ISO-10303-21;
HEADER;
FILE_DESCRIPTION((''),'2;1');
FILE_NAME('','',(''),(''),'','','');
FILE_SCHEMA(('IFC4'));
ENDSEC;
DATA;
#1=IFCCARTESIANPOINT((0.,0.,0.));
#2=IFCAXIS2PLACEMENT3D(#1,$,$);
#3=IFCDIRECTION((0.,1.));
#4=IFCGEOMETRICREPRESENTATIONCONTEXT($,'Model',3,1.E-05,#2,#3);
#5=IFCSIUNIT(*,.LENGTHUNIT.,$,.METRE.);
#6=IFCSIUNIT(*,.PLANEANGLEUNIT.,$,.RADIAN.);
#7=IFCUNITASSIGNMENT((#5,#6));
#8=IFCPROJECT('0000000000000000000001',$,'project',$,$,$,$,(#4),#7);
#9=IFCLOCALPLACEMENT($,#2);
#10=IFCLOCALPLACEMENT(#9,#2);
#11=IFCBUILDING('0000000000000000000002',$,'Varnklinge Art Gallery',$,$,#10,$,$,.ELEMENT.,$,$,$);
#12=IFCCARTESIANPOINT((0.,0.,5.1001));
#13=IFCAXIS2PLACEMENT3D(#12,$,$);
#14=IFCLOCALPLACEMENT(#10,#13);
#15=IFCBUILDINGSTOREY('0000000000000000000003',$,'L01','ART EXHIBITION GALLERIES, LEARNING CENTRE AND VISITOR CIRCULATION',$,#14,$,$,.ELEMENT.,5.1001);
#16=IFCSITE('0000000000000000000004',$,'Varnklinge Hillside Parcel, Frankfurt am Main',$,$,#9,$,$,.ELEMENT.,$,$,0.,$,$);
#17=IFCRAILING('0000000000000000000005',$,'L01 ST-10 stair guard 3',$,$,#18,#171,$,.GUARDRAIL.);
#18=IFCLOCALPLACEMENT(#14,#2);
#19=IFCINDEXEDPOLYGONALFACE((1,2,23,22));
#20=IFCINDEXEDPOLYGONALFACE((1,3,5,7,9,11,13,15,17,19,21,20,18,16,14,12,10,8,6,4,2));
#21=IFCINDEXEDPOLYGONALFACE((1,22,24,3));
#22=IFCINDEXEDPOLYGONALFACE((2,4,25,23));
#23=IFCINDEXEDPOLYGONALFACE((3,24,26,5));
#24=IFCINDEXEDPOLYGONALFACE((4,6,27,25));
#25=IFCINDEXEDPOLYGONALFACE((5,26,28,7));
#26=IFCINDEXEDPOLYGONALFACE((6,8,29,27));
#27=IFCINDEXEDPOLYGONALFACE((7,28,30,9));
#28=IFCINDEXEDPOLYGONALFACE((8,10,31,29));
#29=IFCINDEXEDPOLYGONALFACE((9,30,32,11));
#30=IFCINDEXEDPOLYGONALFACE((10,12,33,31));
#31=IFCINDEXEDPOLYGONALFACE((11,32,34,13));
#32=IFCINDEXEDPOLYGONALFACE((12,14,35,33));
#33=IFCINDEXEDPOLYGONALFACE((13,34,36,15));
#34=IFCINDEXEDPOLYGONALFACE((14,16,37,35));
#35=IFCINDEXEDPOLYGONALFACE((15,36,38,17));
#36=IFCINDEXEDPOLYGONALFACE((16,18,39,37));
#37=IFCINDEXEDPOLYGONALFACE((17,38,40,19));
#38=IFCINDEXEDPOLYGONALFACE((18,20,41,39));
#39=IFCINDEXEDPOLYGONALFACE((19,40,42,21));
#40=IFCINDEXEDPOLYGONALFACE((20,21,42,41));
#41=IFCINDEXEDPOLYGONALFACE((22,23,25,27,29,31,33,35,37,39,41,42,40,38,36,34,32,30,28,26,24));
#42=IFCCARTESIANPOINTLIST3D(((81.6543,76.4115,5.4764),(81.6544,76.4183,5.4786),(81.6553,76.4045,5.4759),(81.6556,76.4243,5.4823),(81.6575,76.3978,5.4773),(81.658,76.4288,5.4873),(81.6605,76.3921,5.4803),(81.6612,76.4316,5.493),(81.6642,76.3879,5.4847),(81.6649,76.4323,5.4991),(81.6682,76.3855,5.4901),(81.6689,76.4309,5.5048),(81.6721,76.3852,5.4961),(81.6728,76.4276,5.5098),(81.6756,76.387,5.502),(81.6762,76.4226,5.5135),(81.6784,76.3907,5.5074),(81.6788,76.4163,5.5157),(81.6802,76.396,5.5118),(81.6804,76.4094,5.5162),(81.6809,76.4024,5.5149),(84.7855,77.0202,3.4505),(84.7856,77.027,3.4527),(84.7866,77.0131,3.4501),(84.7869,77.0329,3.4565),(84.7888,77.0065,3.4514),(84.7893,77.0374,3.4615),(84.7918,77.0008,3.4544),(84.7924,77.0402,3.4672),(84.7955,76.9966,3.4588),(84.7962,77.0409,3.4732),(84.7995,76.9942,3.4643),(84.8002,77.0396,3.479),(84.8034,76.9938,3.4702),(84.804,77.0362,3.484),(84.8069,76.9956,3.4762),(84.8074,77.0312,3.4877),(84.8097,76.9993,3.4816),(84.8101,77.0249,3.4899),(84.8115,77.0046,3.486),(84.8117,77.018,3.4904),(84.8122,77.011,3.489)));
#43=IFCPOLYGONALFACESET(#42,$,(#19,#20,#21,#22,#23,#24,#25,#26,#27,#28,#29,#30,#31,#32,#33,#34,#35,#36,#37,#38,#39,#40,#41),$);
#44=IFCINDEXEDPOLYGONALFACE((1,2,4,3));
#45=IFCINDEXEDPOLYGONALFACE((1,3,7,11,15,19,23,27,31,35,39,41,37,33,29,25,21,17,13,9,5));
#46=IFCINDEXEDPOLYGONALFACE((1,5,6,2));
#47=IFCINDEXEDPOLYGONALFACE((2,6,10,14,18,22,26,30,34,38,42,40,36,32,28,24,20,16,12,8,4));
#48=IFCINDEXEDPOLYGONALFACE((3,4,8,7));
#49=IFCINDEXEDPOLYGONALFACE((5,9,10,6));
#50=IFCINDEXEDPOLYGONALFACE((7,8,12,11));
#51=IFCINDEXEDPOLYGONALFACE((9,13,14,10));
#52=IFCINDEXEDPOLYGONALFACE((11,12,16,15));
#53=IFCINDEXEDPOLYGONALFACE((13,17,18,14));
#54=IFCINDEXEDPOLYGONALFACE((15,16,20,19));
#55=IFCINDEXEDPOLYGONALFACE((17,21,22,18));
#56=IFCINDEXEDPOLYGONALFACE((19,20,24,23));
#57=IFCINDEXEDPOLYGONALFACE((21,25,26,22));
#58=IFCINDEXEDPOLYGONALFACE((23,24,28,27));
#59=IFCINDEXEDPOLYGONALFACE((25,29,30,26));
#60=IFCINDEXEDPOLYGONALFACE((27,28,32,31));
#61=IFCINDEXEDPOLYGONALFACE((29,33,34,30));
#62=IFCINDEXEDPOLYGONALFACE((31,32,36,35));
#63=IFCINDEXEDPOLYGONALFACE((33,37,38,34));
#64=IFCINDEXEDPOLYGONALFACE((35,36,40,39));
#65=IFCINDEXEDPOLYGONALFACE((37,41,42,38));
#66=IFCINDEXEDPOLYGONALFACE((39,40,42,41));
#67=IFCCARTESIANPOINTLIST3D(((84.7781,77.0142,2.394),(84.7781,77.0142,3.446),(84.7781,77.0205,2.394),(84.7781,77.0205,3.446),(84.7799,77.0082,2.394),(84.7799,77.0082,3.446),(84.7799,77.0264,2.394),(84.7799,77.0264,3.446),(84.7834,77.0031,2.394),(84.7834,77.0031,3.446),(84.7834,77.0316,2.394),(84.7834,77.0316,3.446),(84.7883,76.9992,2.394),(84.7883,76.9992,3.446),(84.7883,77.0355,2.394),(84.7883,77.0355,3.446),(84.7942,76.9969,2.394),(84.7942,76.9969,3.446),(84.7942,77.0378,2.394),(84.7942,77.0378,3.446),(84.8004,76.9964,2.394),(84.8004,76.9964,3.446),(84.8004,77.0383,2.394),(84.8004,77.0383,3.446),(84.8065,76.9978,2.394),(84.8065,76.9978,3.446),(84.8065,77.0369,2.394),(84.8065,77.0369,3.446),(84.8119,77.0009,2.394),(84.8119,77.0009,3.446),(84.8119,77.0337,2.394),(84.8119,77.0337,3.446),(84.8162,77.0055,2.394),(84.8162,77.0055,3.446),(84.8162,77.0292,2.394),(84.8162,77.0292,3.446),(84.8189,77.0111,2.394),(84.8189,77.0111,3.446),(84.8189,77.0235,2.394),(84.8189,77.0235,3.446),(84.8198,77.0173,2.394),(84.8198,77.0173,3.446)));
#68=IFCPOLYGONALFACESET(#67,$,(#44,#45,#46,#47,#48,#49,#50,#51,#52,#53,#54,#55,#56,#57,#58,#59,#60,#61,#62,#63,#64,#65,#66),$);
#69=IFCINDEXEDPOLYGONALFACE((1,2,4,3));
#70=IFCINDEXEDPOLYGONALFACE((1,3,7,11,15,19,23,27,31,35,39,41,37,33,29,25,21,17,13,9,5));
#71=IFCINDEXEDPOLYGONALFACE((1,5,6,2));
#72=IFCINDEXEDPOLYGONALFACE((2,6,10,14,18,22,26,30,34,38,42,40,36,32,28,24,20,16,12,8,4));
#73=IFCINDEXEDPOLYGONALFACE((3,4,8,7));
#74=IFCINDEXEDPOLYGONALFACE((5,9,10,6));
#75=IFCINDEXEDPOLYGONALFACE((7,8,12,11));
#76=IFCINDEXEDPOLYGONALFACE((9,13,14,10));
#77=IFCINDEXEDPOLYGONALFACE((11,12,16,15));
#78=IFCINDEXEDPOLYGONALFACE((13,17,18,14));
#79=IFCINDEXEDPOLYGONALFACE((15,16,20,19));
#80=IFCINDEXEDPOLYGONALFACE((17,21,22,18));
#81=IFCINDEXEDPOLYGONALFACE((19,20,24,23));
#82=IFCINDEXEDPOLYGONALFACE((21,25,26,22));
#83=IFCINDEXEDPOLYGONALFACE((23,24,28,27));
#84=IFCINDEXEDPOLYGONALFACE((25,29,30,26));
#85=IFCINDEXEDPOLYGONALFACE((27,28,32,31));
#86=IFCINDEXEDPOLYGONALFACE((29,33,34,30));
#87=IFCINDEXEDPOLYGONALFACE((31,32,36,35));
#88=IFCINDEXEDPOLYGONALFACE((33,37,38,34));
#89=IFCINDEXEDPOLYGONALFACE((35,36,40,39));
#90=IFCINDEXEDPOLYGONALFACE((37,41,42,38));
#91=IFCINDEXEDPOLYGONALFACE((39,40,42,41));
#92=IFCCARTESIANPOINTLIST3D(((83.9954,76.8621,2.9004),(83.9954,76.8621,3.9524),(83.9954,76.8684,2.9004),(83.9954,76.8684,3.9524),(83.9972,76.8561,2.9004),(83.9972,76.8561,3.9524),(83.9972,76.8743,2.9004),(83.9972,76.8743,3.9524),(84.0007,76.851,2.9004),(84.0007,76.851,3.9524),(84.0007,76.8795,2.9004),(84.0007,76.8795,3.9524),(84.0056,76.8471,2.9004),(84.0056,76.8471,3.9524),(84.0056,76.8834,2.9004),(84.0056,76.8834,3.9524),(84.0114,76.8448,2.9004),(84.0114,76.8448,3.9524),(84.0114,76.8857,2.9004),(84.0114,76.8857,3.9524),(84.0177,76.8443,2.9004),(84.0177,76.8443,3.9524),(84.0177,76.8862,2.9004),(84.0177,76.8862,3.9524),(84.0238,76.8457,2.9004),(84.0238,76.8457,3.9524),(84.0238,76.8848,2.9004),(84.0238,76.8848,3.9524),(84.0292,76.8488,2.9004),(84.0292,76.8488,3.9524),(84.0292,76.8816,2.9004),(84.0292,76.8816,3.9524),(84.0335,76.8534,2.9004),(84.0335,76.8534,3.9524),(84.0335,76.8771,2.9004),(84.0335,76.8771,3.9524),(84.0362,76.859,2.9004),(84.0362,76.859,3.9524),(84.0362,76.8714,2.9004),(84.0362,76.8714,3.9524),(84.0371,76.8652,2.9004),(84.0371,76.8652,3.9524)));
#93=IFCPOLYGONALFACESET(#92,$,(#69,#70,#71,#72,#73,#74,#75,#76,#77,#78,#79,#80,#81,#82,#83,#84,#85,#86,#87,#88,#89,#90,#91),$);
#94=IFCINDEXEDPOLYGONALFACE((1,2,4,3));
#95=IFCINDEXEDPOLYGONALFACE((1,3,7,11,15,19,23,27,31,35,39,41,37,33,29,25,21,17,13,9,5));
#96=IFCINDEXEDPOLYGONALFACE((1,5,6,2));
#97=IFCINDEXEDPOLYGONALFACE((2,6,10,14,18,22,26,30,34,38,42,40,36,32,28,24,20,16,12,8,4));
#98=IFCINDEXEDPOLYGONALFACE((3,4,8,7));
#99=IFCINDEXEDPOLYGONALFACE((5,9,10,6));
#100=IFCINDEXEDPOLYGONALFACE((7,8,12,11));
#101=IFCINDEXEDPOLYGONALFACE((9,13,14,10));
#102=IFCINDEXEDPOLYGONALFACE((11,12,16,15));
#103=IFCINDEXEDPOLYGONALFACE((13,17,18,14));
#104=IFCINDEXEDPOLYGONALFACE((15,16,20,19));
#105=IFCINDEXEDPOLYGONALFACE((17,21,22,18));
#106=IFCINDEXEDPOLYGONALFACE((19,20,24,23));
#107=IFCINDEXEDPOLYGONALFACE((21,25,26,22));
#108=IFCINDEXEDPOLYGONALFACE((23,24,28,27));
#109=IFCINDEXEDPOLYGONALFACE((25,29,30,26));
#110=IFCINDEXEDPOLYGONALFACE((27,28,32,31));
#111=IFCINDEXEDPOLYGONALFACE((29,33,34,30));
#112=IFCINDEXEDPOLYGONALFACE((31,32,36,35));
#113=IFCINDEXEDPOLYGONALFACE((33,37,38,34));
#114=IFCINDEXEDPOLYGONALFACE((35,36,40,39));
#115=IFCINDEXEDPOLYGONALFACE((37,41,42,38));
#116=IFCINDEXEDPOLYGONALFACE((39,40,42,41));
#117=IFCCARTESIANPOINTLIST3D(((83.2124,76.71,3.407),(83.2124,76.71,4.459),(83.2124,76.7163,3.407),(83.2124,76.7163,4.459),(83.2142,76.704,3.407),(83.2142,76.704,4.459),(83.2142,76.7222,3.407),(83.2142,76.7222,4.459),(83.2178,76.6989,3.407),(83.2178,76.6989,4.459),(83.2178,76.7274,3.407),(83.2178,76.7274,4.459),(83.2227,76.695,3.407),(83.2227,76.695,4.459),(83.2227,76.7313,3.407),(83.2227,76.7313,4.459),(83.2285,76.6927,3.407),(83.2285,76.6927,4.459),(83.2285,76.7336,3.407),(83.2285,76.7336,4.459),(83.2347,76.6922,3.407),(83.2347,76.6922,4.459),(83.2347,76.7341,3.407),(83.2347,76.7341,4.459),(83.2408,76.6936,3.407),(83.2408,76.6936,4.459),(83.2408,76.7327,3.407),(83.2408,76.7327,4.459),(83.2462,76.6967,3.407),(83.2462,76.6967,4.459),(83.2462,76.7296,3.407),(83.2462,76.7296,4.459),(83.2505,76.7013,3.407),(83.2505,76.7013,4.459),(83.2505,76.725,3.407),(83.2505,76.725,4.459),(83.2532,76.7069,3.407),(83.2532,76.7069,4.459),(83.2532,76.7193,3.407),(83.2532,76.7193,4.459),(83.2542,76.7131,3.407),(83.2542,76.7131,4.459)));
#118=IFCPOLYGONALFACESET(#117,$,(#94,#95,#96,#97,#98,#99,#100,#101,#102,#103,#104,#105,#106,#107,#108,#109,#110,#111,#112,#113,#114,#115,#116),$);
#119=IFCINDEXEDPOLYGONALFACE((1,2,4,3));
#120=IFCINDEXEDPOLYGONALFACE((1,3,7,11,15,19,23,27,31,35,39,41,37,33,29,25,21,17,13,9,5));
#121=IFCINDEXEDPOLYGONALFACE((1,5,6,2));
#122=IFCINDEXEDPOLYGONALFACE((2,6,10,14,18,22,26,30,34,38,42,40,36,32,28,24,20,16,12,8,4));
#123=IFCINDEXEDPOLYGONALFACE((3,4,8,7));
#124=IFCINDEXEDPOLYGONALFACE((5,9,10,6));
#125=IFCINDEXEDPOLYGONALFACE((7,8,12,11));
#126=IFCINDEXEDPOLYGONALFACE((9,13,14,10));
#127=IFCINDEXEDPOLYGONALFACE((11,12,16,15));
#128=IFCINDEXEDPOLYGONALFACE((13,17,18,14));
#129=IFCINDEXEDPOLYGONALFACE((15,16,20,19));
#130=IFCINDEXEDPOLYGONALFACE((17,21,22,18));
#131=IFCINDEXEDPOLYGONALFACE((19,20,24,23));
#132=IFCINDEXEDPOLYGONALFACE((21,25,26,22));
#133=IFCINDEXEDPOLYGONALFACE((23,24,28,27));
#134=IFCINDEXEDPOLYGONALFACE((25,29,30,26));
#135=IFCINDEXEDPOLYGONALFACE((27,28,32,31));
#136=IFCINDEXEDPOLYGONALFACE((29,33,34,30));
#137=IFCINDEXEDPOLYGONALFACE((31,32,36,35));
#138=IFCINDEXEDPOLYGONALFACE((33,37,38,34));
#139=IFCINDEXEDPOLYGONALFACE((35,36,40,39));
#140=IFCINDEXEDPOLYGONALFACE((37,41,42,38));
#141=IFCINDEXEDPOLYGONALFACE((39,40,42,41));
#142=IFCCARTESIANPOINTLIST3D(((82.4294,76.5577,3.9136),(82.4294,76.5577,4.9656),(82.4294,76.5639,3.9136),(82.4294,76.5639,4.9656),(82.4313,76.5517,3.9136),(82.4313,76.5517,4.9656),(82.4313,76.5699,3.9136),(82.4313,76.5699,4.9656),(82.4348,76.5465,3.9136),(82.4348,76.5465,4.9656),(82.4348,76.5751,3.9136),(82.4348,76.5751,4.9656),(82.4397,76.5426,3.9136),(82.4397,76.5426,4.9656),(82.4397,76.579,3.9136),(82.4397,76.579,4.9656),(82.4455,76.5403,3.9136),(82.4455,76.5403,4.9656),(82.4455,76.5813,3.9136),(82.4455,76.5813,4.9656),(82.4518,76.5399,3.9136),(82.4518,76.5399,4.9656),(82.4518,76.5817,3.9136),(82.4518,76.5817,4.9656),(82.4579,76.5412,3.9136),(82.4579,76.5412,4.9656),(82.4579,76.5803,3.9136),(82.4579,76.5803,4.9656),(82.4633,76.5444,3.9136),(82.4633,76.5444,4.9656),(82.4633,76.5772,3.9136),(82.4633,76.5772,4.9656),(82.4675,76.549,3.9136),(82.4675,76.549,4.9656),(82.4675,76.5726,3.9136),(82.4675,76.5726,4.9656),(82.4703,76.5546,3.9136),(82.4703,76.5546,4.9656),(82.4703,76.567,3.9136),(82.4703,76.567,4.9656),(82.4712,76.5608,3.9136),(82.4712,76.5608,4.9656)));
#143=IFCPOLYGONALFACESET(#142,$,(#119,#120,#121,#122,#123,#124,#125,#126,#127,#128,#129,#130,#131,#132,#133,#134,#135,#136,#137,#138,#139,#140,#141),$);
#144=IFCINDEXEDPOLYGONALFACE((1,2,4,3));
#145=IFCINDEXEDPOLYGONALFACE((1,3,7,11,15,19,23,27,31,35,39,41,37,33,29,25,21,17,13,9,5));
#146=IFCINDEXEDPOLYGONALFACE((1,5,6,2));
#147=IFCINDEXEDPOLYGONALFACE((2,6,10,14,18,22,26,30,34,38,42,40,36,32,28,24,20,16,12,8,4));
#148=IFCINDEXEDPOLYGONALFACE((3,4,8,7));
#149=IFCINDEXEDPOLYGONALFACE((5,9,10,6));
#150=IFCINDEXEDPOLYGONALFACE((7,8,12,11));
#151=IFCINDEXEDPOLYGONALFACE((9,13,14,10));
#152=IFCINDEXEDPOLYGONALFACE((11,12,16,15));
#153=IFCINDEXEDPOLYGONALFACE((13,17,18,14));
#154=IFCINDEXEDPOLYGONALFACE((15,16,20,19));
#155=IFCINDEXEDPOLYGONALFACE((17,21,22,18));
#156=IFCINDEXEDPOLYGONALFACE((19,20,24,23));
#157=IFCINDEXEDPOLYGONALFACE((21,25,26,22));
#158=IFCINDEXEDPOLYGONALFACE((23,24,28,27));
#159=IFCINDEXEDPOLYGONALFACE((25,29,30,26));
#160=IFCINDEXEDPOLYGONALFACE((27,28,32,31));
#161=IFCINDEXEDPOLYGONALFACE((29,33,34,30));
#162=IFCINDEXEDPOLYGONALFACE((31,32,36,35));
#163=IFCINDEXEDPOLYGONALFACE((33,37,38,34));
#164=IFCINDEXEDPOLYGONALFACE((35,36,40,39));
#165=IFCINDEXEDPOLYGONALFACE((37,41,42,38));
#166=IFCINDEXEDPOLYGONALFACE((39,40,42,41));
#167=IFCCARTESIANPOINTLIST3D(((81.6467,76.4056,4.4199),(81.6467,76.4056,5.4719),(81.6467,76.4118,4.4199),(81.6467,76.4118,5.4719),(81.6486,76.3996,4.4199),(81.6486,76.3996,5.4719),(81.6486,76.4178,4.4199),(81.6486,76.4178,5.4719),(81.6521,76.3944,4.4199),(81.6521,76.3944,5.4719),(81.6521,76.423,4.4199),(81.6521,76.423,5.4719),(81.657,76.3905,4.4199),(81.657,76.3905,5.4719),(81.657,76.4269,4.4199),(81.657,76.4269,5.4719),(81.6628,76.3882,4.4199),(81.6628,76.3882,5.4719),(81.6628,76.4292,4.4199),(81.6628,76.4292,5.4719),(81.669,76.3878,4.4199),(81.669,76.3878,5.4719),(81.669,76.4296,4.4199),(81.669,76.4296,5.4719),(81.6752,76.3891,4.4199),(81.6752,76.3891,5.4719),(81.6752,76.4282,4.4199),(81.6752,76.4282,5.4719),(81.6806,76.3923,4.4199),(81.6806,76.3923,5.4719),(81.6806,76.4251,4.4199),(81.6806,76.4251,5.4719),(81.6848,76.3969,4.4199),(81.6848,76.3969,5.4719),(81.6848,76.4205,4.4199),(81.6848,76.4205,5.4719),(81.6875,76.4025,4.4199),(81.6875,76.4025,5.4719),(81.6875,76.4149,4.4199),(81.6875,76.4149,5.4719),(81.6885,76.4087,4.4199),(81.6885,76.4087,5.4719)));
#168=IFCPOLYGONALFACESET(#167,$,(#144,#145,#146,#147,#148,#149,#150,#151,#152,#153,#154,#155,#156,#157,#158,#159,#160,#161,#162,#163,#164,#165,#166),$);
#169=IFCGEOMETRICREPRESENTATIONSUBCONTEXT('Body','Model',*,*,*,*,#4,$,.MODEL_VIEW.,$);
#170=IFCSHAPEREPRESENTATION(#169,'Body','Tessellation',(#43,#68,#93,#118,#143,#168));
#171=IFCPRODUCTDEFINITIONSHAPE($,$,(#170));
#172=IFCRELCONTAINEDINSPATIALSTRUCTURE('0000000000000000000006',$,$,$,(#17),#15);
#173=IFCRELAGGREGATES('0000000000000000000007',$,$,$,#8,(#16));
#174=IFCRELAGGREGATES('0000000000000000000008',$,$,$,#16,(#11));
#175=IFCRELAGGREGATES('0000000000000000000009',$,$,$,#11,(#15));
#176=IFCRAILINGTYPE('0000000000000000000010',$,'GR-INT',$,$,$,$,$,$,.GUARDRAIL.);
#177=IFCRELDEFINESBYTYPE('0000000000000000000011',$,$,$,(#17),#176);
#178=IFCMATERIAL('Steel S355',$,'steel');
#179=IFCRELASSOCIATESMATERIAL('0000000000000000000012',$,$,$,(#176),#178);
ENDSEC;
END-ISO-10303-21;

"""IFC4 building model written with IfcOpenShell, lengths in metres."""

from ifc_helpers import new_model, si_unit, direction, frame, origin, origin_2d, place, context, subcontext, project, spatial, circle, extrude, material, type_object, element, save


model = new_model("IFC4")

# Units and contexts
model_context = context("Model", 3, precision=1e-05, world=origin(), true_north=direction((0.0, 1.0)))
body_context = subcontext(model_context, "Body", "Model", "MODEL_VIEW")
ifc_project = project(units=[si_unit("LENGTHUNIT", "METRE"), si_unit("PLANEANGLEUNIT", "RADIAN")], contexts=[model_context])

# Site, building, storey
site_placement = place(None, origin())
site = spatial("IfcSite", under=ifc_project, at=site_placement, Name="Varnklinge Hillside Parcel, Frankfurt am Main", CompositionType="ELEMENT", RefElevation=0.0)
building_placement = place(site_placement, origin())
building = spatial("IfcBuilding", under=site, at=building_placement, Name="Varnklinge Art Gallery", CompositionType="ELEMENT")
storey_placement = place(building_placement, frame((0.0, 0.0, 5.1001)))
storey = spatial("IfcBuildingStorey", under=building, at=storey_placement, Name="L01", Description="ART EXHIBITION GALLERIES, LEARNING CENTRE AND VISITOR CIRCULATION", CompositionType="ELEMENT", Elevation=5.1001)

# Railing
ifc_material_1 = material(Name="Steel S355", Category="steel")
railing_type_1 = type_object("IfcRailingType", Name="GR-INT", PredefinedType="GUARDRAIL", material=ifc_material_1)
railing_1_placement = place(storey_placement, frame((84.7988, 77.0173, 2.394)))
element("IfcRailing", 1, at=railing_1_placement, inside=storey, type_object=railing_type_1, Name="L01 ST-10 stair guard 3", PredefinedType="GUARDRAIL", context=body_context, shape_type="SweptSolid", body=[
    extrude(circle(Radius=0.0239, at=origin_2d()), frame((0.0, 0.0, 1.0762), z_axis=(-0.828643, -0.161064, 0.536105), x_axis=(0.1908, -0.981629, 0.0)), (0.0, 0.0, 1.0), 3.7788),
    extrude(circle(Radius=0.021, at=origin_2d()), origin(), (0.0, 0.0, 1.0), 1.052),
    extrude(circle(Radius=0.021, at=origin_2d()), frame((-0.7827, -0.1521, 0.5063)), (0.0, 0.0, 1.0), 1.052),
    extrude(circle(Radius=0.021, at=origin_2d()), frame((-1.5657, -0.3042, 1.0129)), (0.0, 0.0, 1.0), 1.052),
    extrude(circle(Radius=0.021, at=origin_2d()), frame((-2.3486, -0.4565, 1.5195)), (0.0, 0.0, 1.0), 1.052),
    extrude(circle(Radius=0.021, at=origin_2d()), frame((-3.1313, -0.6086, 2.0259)), (0.0, 0.0, 1.0), 1.052),
])

save(model, "model.ifc")
